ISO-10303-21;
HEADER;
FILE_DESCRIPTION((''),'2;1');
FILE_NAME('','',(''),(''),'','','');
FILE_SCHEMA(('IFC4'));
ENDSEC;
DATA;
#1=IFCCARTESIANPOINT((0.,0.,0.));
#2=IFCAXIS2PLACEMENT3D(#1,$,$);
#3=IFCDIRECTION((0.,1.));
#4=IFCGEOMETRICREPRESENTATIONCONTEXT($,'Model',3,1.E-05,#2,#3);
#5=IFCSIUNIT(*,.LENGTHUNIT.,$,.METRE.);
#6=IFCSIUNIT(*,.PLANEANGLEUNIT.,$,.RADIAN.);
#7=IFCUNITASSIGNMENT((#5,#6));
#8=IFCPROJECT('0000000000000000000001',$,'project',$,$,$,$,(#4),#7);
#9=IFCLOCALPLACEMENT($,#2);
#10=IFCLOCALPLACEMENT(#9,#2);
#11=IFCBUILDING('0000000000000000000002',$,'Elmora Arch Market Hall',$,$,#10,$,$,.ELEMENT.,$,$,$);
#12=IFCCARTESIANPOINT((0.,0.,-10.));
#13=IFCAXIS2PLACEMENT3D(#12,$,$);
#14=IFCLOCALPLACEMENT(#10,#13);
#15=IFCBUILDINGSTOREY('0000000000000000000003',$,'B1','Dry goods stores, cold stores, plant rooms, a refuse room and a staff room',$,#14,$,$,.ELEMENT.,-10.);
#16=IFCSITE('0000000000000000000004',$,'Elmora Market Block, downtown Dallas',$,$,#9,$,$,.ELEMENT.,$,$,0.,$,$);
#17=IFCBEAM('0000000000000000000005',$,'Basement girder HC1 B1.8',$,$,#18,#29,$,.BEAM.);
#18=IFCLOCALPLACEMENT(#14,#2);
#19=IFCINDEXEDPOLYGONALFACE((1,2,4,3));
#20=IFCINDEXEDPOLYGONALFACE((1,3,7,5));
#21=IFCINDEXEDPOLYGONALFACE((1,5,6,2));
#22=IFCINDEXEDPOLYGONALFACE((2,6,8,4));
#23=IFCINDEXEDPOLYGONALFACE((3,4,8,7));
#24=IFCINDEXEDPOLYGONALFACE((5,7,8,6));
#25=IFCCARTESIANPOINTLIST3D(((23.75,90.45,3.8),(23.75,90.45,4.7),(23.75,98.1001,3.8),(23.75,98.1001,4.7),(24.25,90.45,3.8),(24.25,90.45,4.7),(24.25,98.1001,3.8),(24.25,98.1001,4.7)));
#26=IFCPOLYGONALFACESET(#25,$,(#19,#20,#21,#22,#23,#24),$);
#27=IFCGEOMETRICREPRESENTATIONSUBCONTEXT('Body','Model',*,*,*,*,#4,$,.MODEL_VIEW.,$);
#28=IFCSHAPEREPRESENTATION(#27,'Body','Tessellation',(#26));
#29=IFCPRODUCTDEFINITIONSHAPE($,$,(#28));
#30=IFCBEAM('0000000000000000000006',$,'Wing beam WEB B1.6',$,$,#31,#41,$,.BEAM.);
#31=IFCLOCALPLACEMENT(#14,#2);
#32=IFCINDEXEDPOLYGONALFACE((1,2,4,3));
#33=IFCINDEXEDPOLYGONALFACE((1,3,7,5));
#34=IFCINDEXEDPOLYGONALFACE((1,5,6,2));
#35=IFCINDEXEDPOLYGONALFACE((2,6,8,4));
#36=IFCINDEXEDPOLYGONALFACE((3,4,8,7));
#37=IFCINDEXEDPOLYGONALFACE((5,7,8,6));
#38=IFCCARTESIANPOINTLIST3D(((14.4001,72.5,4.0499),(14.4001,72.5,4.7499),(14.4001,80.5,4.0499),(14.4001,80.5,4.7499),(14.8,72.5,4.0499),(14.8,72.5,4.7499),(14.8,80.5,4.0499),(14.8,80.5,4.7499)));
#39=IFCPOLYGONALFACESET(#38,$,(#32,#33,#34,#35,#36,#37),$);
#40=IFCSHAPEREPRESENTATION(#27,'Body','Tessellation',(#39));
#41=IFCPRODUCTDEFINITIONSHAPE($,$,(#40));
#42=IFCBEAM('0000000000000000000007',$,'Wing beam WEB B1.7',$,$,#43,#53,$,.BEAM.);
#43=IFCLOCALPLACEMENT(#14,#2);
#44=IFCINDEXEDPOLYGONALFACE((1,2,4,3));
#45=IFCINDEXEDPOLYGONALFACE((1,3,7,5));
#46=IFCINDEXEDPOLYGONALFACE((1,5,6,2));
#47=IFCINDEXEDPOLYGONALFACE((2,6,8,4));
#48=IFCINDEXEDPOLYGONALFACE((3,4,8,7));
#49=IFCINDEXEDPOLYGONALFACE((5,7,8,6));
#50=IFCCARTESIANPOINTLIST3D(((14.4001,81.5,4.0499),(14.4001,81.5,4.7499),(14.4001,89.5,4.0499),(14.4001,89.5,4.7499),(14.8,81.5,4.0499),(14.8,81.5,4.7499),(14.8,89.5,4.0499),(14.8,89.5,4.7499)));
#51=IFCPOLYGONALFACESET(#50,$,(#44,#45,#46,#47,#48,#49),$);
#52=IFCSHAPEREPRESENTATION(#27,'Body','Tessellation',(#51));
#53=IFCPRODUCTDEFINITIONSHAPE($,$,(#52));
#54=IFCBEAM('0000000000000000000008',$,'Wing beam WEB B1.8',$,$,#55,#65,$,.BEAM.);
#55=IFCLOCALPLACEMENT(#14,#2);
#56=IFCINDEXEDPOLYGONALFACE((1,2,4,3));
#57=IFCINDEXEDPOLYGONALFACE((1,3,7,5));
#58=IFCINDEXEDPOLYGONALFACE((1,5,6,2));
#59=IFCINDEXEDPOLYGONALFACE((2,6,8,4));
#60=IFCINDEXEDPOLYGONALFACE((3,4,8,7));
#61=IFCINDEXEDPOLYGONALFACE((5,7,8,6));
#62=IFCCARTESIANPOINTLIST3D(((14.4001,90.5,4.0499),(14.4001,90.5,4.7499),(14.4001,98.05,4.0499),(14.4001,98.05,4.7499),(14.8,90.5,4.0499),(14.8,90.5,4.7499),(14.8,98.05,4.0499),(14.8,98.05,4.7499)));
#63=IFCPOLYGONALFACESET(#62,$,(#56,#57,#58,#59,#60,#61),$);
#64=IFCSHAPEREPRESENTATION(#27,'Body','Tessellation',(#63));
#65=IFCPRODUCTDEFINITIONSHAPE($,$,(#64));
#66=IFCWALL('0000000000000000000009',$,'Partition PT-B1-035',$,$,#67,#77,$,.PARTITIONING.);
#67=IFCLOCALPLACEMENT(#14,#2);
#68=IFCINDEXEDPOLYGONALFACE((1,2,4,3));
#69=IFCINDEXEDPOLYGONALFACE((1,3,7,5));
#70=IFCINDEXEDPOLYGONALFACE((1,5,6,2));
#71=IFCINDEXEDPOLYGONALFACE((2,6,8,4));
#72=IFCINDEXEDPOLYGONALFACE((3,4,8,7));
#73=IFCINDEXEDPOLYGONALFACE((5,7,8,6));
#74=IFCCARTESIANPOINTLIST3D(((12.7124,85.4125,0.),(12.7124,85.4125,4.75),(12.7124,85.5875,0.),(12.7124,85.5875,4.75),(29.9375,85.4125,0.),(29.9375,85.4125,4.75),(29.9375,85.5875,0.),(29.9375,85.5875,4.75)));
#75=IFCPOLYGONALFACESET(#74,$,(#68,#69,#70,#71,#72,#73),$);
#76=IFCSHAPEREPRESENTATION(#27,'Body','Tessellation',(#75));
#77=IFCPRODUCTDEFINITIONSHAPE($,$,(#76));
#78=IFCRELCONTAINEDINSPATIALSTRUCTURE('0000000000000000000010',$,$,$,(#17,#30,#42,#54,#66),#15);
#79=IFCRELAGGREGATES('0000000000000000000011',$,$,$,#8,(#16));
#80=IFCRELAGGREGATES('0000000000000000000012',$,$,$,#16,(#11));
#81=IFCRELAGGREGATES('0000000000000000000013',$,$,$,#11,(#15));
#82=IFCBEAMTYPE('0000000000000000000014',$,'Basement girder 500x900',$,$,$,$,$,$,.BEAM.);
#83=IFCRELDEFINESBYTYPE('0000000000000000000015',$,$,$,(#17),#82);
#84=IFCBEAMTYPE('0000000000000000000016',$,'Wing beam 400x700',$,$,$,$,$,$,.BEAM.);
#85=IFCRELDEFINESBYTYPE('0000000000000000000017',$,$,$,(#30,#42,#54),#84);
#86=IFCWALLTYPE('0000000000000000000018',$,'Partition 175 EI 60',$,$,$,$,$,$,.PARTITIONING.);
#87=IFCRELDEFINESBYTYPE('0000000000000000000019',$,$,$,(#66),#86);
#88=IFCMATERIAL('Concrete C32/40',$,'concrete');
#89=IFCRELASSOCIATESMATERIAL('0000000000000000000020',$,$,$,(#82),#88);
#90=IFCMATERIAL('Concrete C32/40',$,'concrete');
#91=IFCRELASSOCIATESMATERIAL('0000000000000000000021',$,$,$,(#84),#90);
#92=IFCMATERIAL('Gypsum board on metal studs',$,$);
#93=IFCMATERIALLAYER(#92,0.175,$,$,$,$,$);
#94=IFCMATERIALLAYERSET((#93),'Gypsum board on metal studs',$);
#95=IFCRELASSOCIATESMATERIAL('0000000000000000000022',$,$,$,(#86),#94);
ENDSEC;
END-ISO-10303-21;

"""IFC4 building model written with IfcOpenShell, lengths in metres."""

from ifc_helpers import new_model, si_unit, direction, frame, frame_2d, origin, origin_2d, place, context, subcontext, project, spatial, rectangle, extrude, material, layer, layer_set, material_profile, profile_set, type_object, element, save


model = new_model("IFC4")

# Units and contexts
model_context = context("Model", 3, precision=1e-05, world=origin(), true_north=direction((0.0, 1.0)))
body_context = subcontext(model_context, "Body", "Model", "MODEL_VIEW")
ifc_project = project(units=[si_unit("LENGTHUNIT", "METRE"), si_unit("PLANEANGLEUNIT", "RADIAN")], contexts=[model_context])

# Site, building, storey
site_placement = place(None, origin())
site = spatial("IfcSite", under=ifc_project, at=site_placement, Name="Elmora Market Block, downtown Dallas", CompositionType="ELEMENT", RefElevation=0.0)
building_placement = place(site_placement, origin())
building = spatial("IfcBuilding", under=site, at=building_placement, Name="Elmora Arch Market Hall", CompositionType="ELEMENT")
storey_placement = place(building_placement, frame((0.0, 0.0, -10.0)))
storey = spatial("IfcBuildingStorey", under=building, at=storey_placement, Name="B1", Description="Dry goods stores, cold stores, plant rooms, a refuse room and a staff room", CompositionType="ELEMENT", Elevation=-10.0)

# Beams
ifc_material_1 = material(Name="Concrete C32/40", Category="concrete")
ifc_material_profile_1 = material_profile(ifc_material_1, rectangle(XDim=0.5, YDim=0.8999, at=origin_2d()), Name="Basement girder 500x900")
ifc_profile_set_1 = profile_set([ifc_material_profile_1], Name="Concrete C32/40")
beam_type_1 = type_object("IfcBeamType", Name="Basement girder 500x900", PredefinedType="BEAM", material=ifc_profile_set_1)
beam_1_placement = place(storey_placement, frame((24.0, 90.45, 4.25), z_axis=(0.0, 1.0, 0.0), x_axis=(-1.0, 0.0, 0.0)))
element("IfcBeam", 1, at=beam_1_placement, inside=storey, type_object=beam_type_1, Name="Basement girder HC1 B1.8", PredefinedType="BEAM", context=body_context, shape_type="SweptSolid", body=[
    extrude(rectangle(XDim=0.5, YDim=0.8999, at=origin_2d()), origin(), (0.0, 0.0, 1.0), 7.6501),
])
ifc_material_2 = material(Name="Concrete C32/40", Category="concrete")
ifc_material_profile_2 = material_profile(ifc_material_2, rectangle(XDim=0.3999, YDim=0.7, at=origin_2d()), Name="Wing beam 400x700")
ifc_profile_set_2 = profile_set([ifc_material_profile_2], Name="Concrete C32/40")
beam_type_2 = type_object("IfcBeamType", Name="Wing beam 400x700", PredefinedType="BEAM", material=ifc_profile_set_2)
for number, where, z_axis, x_axis, name in (
    (2, (14.6001, 72.5, 4.3999), (0.0, 1.0, 0.0), (-1.0, 0.0, 0.0), "Wing beam WEB B1.6"),
    (3, (14.6001, 81.5, 4.3999), (0.0, 1.0, 0.0), (-1.0, 0.0, 0.0), "Wing beam WEB B1.7"),
):
    element("IfcBeam", number, at=place(storey_placement, frame(where, z_axis=z_axis, x_axis=x_axis)), inside=storey, type_object=beam_type_2, Name=name, PredefinedType="BEAM", context=body_context, shape_type="SweptSolid", body=[
        extrude(rectangle(XDim=0.3999, YDim=0.7, at=origin_2d()), origin(), (0.0, 0.0, 1.0), 8.0),
    ])
beam_2_placement = place(storey_placement, frame((14.6001, 90.5, 4.3999), z_axis=(0.0, 1.0, 0.0), x_axis=(-1.0, 0.0, 0.0)))
element("IfcBeam", 4, at=beam_2_placement, inside=storey, type_object=beam_type_2, Name="Wing beam WEB B1.8", PredefinedType="BEAM", context=body_context, shape_type="SweptSolid", body=[
    extrude(rectangle(XDim=0.3999, YDim=0.7, at=origin_2d()), origin(), (0.0, 0.0, 1.0), 7.55),
])

# Wall
ifc_material_3 = material(Name="Gypsum board on metal studs")
ifc_layer = layer(ifc_material_3, 0.175)
ifc_layer_set = layer_set([ifc_layer], Name="Gypsum board on metal studs")
wall_type = type_object("IfcWallType", Name="Partition 175 EI 60", PredefinedType="PARTITIONING", material=ifc_layer_set)
wall_placement = place(storey_placement, frame((12.7124, 85.5, 0.0), z_axis=(0.0, 0.0, 1.0), x_axis=(1.0, 0.0, 0.0)))
element("IfcWall", 5, at=wall_placement, inside=storey, type_object=wall_type, Name="Partition PT-B1-035", PredefinedType="PARTITIONING", context=body_context, shape_type="SweptSolid", body=[
    extrude(rectangle(XDim=17.2251, YDim=0.175, at=frame_2d((8.6125, 0.0))), origin(), (0.0, 0.0, 1.0), 4.75),
])

save(model, "model.ifc")
